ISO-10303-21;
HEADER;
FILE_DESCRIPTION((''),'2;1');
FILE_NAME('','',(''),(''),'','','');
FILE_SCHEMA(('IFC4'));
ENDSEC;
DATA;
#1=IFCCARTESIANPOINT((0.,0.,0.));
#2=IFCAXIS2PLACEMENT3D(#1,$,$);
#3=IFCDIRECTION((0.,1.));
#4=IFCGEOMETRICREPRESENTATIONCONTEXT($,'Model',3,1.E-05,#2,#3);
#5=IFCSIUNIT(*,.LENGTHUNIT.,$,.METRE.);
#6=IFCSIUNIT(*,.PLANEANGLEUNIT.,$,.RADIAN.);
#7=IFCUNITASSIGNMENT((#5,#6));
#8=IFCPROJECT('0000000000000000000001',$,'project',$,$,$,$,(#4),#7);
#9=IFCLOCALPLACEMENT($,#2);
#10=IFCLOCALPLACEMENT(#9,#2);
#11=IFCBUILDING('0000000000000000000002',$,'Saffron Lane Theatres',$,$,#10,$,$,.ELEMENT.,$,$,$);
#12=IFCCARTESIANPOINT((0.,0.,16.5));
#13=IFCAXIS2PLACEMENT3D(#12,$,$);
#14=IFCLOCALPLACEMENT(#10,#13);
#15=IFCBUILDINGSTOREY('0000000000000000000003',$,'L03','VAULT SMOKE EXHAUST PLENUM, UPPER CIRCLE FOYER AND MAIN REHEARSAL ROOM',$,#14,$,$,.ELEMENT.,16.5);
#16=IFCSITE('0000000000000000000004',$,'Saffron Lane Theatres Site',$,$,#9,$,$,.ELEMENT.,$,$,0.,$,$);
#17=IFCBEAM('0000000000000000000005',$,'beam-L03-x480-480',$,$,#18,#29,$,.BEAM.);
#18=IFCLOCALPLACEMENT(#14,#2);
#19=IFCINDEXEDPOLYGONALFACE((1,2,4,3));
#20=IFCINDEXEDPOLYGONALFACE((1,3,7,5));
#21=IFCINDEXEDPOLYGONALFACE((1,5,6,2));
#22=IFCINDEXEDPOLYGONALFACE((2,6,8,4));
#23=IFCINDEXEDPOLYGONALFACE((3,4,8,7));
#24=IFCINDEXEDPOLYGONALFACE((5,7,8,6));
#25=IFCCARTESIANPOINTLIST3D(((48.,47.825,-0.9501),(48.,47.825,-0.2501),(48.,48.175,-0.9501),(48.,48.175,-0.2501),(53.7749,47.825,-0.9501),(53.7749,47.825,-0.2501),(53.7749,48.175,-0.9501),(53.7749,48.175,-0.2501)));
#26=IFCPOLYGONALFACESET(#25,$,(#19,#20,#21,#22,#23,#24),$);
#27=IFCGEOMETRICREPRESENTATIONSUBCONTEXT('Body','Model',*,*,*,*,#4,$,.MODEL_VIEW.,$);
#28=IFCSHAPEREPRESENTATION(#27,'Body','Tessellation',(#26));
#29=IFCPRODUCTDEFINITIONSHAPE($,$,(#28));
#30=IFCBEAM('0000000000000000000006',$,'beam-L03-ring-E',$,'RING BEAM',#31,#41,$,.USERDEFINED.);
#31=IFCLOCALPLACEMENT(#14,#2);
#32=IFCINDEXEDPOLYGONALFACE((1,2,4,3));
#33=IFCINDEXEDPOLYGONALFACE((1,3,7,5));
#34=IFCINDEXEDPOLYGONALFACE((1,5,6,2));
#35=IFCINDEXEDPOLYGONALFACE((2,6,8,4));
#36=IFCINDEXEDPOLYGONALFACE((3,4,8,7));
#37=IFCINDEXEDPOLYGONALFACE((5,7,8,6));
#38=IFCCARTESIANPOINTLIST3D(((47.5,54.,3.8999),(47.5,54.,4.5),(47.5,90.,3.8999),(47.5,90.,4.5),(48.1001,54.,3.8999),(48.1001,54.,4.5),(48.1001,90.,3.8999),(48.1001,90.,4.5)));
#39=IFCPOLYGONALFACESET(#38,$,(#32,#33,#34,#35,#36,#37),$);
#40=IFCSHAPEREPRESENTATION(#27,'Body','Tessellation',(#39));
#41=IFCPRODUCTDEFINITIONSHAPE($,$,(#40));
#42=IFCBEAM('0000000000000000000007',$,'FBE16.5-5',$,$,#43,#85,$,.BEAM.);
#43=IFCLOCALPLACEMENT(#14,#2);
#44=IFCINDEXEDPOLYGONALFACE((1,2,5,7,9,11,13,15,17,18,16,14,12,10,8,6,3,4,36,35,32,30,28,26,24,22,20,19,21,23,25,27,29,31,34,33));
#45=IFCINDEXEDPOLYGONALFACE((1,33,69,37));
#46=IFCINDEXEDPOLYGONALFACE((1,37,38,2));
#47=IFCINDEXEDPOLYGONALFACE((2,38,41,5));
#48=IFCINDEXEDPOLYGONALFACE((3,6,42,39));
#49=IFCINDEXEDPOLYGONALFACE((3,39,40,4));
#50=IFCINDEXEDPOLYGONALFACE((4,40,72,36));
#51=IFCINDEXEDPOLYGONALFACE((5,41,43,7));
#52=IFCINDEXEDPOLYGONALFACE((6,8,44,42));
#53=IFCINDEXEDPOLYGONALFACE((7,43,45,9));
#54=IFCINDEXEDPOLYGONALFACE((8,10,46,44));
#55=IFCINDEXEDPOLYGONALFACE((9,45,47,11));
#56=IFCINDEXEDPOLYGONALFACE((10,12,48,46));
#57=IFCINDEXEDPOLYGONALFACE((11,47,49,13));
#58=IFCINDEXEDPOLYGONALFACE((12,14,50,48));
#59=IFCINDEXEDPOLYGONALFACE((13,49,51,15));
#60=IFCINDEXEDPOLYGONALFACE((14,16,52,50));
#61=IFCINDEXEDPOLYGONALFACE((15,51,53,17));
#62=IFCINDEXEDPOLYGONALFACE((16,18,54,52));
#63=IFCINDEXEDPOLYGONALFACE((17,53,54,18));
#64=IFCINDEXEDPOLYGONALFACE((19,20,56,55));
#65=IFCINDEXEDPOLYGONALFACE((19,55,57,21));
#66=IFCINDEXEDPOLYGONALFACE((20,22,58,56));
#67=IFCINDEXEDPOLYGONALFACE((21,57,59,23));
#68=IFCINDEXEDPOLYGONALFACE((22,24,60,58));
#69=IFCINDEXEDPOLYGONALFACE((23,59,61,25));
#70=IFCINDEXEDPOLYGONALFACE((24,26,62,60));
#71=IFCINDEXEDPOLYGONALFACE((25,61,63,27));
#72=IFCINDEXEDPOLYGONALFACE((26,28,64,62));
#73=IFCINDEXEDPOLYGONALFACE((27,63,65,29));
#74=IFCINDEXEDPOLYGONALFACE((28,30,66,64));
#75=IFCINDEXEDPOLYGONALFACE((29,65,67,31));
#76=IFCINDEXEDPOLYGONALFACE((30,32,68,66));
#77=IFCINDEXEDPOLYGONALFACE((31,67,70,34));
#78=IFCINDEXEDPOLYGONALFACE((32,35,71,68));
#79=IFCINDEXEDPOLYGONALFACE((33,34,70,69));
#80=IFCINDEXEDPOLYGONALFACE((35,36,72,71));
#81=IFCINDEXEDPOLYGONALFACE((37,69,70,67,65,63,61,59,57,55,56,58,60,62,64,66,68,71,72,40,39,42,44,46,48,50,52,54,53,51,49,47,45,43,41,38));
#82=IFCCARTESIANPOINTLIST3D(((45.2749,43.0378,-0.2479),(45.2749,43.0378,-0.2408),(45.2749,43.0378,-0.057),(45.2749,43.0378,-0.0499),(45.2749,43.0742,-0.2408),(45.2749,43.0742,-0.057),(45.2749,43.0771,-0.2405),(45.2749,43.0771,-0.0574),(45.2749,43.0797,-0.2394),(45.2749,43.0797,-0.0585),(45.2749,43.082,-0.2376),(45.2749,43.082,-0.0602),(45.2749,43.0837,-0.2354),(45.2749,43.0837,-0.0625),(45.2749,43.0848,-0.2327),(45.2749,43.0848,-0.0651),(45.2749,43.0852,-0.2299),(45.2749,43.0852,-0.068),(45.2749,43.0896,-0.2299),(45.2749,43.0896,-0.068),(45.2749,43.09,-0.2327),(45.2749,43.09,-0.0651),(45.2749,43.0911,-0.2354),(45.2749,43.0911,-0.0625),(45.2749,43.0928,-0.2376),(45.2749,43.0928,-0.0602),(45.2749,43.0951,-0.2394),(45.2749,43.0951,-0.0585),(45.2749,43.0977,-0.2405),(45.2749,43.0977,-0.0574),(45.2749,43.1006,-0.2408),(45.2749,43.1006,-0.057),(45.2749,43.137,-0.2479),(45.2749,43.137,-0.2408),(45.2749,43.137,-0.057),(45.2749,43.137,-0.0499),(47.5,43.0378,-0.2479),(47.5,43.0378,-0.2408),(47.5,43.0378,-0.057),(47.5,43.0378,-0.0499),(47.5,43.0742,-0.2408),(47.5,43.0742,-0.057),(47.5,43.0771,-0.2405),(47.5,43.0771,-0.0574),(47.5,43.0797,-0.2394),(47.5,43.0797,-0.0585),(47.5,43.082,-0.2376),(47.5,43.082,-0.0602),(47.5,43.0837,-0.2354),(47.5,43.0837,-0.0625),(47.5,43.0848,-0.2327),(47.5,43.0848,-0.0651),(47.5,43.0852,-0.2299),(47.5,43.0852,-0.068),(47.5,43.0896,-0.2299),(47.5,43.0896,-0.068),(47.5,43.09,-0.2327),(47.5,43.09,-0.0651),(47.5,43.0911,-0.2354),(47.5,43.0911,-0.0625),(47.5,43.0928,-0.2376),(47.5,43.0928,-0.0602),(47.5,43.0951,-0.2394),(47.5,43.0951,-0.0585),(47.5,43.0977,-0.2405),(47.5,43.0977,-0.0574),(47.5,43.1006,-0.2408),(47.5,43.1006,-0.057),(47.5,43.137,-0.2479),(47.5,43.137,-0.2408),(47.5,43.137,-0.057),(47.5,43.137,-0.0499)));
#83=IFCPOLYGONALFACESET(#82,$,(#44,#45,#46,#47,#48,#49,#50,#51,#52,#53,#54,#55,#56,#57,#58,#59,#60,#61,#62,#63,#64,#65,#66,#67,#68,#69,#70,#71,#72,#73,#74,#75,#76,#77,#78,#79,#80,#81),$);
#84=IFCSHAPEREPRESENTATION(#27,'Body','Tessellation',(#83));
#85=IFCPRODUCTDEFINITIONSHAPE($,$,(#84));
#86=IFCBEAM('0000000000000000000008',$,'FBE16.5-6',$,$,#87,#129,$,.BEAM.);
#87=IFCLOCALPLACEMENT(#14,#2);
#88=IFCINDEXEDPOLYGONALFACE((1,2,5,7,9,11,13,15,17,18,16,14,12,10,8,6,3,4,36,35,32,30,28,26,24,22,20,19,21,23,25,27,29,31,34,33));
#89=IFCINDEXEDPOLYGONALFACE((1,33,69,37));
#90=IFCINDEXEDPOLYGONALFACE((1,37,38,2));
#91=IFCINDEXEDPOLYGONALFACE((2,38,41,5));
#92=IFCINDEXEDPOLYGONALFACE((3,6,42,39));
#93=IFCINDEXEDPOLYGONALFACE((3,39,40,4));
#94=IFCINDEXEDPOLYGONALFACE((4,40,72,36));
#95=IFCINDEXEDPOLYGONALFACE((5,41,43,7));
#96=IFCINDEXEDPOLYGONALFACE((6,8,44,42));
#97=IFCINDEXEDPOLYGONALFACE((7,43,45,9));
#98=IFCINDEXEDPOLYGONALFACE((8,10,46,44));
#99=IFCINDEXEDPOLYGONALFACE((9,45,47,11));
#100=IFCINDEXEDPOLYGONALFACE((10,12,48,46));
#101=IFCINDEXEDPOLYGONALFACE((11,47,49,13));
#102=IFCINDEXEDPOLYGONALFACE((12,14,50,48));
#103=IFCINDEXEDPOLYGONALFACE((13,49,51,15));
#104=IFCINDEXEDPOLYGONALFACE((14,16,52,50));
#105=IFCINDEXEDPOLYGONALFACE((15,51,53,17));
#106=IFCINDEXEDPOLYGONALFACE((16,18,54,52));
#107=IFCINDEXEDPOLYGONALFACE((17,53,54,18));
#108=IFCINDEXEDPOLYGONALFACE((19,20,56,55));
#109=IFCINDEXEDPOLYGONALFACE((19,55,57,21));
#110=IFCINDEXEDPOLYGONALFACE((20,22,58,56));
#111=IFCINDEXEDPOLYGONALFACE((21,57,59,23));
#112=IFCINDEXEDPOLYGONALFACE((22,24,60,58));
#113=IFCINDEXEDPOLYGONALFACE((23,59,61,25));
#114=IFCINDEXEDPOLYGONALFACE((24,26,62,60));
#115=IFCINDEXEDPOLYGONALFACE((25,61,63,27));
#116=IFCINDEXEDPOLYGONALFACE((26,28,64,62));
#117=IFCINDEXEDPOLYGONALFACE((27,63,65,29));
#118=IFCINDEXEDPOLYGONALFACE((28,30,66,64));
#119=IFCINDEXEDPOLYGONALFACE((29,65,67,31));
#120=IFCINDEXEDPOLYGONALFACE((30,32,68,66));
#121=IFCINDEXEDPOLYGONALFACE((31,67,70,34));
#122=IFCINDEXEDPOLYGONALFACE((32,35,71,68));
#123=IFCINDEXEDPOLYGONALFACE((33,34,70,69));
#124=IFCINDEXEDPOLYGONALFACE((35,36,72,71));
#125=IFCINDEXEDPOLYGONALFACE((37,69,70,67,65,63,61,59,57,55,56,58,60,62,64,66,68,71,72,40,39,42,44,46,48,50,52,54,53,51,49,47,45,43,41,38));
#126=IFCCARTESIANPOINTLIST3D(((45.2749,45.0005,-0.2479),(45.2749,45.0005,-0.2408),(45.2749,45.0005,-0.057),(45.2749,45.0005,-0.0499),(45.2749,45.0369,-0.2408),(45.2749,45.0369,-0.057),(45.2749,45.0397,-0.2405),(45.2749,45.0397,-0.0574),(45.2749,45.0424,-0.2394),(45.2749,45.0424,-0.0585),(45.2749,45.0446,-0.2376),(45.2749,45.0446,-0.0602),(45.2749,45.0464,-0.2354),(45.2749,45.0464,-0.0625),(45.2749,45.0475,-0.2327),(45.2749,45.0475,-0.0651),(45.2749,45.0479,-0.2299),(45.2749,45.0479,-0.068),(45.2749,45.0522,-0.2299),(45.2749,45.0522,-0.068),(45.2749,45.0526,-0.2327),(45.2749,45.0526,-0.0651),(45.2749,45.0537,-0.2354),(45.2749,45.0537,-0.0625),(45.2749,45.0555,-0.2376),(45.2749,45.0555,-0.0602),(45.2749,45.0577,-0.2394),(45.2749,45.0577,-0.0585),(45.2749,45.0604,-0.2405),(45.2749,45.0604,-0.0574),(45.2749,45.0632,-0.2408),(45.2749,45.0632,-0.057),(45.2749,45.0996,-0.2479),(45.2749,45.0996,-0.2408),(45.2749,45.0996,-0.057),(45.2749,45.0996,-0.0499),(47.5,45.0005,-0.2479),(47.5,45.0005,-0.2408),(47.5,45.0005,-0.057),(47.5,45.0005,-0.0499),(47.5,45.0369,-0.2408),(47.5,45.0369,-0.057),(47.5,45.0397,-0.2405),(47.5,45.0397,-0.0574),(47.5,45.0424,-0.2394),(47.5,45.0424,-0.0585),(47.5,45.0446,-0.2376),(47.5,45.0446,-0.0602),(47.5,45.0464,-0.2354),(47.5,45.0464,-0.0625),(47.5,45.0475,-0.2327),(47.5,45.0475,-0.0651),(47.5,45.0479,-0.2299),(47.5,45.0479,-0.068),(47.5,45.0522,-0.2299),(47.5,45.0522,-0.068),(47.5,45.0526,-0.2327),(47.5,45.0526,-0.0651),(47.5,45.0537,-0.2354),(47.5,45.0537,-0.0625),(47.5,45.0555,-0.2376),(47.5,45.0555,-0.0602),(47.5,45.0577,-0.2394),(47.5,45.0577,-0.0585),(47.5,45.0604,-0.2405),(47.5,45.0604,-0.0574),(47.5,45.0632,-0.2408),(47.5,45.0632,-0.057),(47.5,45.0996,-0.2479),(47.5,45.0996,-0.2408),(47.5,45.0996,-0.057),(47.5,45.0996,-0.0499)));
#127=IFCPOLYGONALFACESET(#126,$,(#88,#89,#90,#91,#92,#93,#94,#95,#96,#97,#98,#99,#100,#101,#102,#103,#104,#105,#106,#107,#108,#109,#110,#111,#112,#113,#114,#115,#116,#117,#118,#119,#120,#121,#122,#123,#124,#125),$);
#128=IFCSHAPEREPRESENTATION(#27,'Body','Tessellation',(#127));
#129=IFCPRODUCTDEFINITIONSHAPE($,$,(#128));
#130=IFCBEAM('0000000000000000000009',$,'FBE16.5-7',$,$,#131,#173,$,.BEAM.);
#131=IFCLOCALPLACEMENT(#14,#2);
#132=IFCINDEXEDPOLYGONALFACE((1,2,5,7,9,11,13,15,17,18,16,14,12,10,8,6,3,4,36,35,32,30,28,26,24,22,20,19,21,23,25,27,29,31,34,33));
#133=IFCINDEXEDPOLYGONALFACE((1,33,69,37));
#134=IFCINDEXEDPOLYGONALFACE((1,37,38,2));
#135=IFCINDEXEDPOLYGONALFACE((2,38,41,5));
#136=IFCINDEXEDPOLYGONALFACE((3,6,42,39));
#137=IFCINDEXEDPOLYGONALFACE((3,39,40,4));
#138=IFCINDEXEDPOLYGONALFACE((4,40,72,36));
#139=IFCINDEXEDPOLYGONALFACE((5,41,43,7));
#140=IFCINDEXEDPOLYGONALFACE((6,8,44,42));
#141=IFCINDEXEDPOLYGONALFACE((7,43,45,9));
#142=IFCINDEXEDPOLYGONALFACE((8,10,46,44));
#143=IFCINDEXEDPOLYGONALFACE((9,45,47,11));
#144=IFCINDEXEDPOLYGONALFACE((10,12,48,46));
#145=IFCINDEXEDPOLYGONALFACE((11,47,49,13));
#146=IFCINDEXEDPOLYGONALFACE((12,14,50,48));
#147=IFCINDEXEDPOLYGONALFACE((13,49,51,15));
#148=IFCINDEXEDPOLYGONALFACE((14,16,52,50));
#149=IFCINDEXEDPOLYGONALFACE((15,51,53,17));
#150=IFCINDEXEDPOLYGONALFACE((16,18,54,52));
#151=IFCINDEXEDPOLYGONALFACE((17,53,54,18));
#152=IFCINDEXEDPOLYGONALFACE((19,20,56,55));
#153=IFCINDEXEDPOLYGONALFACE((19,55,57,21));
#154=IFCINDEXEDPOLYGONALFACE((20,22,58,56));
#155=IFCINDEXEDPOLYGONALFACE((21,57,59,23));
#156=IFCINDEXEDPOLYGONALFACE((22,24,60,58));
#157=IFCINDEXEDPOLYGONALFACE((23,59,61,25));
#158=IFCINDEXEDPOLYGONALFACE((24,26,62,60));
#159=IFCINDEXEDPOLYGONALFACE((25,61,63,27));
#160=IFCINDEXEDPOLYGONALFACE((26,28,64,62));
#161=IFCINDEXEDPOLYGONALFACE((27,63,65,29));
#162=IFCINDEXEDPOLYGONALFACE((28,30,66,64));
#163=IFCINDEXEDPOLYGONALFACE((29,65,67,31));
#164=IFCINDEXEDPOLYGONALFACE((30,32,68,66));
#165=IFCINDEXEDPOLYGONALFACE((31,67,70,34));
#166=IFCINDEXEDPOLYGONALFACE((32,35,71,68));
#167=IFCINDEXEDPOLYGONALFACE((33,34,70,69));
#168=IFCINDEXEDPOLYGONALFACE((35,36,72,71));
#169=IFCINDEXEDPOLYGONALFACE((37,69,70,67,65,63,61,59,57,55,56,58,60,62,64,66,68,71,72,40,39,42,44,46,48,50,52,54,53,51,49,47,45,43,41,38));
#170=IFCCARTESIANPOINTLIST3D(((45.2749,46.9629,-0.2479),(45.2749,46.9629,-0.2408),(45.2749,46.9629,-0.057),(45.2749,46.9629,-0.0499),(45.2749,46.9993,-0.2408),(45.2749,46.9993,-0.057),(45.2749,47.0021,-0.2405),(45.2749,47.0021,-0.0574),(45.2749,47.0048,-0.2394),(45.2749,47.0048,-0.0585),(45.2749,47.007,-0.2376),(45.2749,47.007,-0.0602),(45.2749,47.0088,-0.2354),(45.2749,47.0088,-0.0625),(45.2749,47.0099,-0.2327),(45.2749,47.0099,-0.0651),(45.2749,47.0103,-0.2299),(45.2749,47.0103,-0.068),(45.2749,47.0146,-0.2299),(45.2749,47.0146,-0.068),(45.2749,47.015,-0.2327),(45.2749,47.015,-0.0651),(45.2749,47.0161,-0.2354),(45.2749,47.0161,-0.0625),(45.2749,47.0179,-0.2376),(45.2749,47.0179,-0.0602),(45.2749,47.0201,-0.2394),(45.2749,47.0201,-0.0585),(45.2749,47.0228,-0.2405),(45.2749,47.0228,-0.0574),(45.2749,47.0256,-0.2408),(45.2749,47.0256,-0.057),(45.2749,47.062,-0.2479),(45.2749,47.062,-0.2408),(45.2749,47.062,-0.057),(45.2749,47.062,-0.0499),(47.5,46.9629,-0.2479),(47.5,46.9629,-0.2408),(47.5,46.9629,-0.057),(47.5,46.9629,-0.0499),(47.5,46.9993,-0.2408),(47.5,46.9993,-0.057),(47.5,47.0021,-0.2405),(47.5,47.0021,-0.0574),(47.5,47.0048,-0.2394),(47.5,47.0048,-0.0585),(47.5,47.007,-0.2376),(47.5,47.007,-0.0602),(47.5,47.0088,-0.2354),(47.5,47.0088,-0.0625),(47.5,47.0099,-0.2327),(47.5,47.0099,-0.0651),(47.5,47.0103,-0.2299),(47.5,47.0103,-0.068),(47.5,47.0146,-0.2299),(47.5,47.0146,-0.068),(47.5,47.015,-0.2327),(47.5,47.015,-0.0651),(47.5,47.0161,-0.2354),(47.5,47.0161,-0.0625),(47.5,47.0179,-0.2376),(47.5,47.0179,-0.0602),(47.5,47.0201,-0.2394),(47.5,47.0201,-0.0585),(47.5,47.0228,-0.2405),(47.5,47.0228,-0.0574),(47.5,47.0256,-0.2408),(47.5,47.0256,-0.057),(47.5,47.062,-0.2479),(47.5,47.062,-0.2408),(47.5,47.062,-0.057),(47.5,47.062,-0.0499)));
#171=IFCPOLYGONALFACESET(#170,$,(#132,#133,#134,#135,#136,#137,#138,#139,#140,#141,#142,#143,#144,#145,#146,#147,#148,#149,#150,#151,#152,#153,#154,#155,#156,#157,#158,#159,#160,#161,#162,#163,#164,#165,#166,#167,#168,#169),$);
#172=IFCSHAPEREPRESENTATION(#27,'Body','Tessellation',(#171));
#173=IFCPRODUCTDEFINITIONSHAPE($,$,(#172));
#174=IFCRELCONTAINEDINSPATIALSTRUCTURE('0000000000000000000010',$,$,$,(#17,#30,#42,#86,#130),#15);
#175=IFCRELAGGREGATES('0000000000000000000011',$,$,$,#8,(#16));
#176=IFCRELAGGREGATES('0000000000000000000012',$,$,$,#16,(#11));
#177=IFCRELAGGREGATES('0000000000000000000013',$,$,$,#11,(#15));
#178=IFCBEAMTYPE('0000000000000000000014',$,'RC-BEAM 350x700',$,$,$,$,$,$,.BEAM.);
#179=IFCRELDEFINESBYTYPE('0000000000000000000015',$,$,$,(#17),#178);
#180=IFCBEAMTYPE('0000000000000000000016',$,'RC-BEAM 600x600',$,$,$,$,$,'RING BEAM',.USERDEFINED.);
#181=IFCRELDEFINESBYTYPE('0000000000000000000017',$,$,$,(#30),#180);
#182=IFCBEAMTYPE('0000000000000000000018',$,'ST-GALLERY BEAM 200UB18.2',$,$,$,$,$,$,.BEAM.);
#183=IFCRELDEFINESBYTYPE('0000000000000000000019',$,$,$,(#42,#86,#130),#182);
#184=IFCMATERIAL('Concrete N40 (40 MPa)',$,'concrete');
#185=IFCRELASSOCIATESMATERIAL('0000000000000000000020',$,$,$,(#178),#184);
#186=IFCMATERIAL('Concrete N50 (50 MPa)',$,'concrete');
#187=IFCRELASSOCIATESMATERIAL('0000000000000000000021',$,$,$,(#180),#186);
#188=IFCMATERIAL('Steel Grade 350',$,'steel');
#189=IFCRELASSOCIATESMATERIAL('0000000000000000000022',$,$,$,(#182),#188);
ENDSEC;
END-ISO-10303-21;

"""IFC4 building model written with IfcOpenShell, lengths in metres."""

from ifc_helpers import new_model, si_unit, direction, frame, origin, origin_2d, place, context, subcontext, project, spatial, rectangle, i_section, extrude, material, material_profile, profile_set, type_object, element, save


model = new_model("IFC4")

# Units and contexts
model_context = context("Model", 3, precision=1e-05, world=origin(), true_north=direction((0.0, 1.0)))
body_context = subcontext(model_context, "Body", "Model", "MODEL_VIEW")
ifc_project = project(units=[si_unit("LENGTHUNIT", "METRE"), si_unit("PLANEANGLEUNIT", "RADIAN")], contexts=[model_context])

# Site, building, storey
site_placement = place(None, origin())
site = spatial("IfcSite", under=ifc_project, at=site_placement, Name="Saffron Lane Theatres Site", CompositionType="ELEMENT", RefElevation=0.0)
building_placement = place(site_placement, origin())
building = spatial("IfcBuilding", under=site, at=building_placement, Name="Saffron Lane Theatres", CompositionType="ELEMENT")
storey_placement = place(building_placement, frame((0.0, 0.0, 16.5)))
storey = spatial("IfcBuildingStorey", under=building, at=storey_placement, Name="L03", Description="VAULT SMOKE EXHAUST PLENUM, UPPER CIRCLE FOYER AND MAIN REHEARSAL ROOM", CompositionType="ELEMENT", Elevation=16.5)

# Beams
ifc_material_1 = material(Name="Concrete N40 (40 MPa)", Category="concrete")
ifc_material_profile_1 = material_profile(ifc_material_1, rectangle(XDim=0.3501, YDim=0.7, at=origin_2d()))
ifc_profile_set_1 = profile_set([ifc_material_profile_1], Name="Concrete N40 (40 MPa)")
beam_type_1 = type_object("IfcBeamType", Name="RC-BEAM 350x700", PredefinedType="BEAM", material=ifc_profile_set_1)
beam_1_placement = place(storey_placement, frame((48.0, 48.0, -0.6001), z_axis=(1.0, 0.0, 0.0), x_axis=(0.0, 1.0, 0.0)))
element("IfcBeam", 1, at=beam_1_placement, inside=storey, type_object=beam_type_1, Name="beam-L03-x480-480", PredefinedType="BEAM", context=body_context, shape_type="SweptSolid", body=[
    extrude(rectangle(XDim=0.3501, YDim=0.7, at=origin_2d()), origin(), (0.0, 0.0, 1.0), 5.7749),
])
ifc_material_2 = material(Name="Concrete N50 (50 MPa)", Category="concrete")
ifc_material_profile_2 = material_profile(ifc_material_2, rectangle(XDim=0.6001, YDim=0.6001, at=origin_2d()))
ifc_profile_set_2 = profile_set([ifc_material_profile_2], Name="Concrete N50 (50 MPa)")
beam_type_2 = type_object("IfcBeamType", Name="RC-BEAM 600x600", ElementType="RING BEAM", PredefinedType="USERDEFINED", material=ifc_profile_set_2)
beam_2_placement = place(storey_placement, frame((47.8, 54.0, 4.2), z_axis=(0.0, 1.0, 0.0), x_axis=(-1.0, 0.0, 0.0)))
element("IfcBeam", 2, at=beam_2_placement, inside=storey, type_object=beam_type_2, Name="beam-L03-ring-E", ObjectType="RING BEAM", PredefinedType="USERDEFINED", context=body_context, shape_type="SweptSolid", body=[
    extrude(rectangle(XDim=0.6001, YDim=0.6001, at=origin_2d()), origin(), (0.0, 0.0, 1.0), 36.0),
])
ifc_material_3 = material(Name="Steel Grade 350", Category="steel")
ifc_material_profile_3 = material_profile(ifc_material_3, i_section(OverallWidth=0.0991, OverallDepth=0.198, WebThickness=0.0044, FlangeThickness=0.0071, FilletRadius=0.011, at=origin_2d()))
ifc_profile_set_3 = profile_set([ifc_material_profile_3], Name="Steel Grade 350")
beam_type_3 = type_object("IfcBeamType", Name="ST-GALLERY BEAM 200UB18.2", PredefinedType="BEAM", material=ifc_profile_set_3)
for number, where, z_axis, x_axis, name in (
    (3, (45.2749, 43.0874, -0.1489), (1.0, 0.0, 0.0), (0.0, 1.0, 0.0), "FBE16.5-5"),
    (4, (45.2749, 45.05, -0.1489), (1.0, 0.0, 0.0), (0.0, 1.0, 0.0), "FBE16.5-6"),
    (5, (45.2749, 47.0125, -0.1489), (1.0, 0.0, 0.0), (0.0, 1.0, 0.0), "FBE16.5-7"),
):
    element("IfcBeam", number, at=place(storey_placement, frame(where, z_axis=z_axis, x_axis=x_axis)), inside=storey, type_object=beam_type_3, Name=name, PredefinedType="BEAM", context=body_context, shape_type="SweptSolid", body=[
        extrude(i_section(OverallWidth=0.0991, OverallDepth=0.198, WebThickness=0.0044, FlangeThickness=0.0071, FilletRadius=0.011, at=origin_2d()), origin(), (0.0, 0.0, 1.0), 2.2251),
    ])

save(model, "model.ifc")
